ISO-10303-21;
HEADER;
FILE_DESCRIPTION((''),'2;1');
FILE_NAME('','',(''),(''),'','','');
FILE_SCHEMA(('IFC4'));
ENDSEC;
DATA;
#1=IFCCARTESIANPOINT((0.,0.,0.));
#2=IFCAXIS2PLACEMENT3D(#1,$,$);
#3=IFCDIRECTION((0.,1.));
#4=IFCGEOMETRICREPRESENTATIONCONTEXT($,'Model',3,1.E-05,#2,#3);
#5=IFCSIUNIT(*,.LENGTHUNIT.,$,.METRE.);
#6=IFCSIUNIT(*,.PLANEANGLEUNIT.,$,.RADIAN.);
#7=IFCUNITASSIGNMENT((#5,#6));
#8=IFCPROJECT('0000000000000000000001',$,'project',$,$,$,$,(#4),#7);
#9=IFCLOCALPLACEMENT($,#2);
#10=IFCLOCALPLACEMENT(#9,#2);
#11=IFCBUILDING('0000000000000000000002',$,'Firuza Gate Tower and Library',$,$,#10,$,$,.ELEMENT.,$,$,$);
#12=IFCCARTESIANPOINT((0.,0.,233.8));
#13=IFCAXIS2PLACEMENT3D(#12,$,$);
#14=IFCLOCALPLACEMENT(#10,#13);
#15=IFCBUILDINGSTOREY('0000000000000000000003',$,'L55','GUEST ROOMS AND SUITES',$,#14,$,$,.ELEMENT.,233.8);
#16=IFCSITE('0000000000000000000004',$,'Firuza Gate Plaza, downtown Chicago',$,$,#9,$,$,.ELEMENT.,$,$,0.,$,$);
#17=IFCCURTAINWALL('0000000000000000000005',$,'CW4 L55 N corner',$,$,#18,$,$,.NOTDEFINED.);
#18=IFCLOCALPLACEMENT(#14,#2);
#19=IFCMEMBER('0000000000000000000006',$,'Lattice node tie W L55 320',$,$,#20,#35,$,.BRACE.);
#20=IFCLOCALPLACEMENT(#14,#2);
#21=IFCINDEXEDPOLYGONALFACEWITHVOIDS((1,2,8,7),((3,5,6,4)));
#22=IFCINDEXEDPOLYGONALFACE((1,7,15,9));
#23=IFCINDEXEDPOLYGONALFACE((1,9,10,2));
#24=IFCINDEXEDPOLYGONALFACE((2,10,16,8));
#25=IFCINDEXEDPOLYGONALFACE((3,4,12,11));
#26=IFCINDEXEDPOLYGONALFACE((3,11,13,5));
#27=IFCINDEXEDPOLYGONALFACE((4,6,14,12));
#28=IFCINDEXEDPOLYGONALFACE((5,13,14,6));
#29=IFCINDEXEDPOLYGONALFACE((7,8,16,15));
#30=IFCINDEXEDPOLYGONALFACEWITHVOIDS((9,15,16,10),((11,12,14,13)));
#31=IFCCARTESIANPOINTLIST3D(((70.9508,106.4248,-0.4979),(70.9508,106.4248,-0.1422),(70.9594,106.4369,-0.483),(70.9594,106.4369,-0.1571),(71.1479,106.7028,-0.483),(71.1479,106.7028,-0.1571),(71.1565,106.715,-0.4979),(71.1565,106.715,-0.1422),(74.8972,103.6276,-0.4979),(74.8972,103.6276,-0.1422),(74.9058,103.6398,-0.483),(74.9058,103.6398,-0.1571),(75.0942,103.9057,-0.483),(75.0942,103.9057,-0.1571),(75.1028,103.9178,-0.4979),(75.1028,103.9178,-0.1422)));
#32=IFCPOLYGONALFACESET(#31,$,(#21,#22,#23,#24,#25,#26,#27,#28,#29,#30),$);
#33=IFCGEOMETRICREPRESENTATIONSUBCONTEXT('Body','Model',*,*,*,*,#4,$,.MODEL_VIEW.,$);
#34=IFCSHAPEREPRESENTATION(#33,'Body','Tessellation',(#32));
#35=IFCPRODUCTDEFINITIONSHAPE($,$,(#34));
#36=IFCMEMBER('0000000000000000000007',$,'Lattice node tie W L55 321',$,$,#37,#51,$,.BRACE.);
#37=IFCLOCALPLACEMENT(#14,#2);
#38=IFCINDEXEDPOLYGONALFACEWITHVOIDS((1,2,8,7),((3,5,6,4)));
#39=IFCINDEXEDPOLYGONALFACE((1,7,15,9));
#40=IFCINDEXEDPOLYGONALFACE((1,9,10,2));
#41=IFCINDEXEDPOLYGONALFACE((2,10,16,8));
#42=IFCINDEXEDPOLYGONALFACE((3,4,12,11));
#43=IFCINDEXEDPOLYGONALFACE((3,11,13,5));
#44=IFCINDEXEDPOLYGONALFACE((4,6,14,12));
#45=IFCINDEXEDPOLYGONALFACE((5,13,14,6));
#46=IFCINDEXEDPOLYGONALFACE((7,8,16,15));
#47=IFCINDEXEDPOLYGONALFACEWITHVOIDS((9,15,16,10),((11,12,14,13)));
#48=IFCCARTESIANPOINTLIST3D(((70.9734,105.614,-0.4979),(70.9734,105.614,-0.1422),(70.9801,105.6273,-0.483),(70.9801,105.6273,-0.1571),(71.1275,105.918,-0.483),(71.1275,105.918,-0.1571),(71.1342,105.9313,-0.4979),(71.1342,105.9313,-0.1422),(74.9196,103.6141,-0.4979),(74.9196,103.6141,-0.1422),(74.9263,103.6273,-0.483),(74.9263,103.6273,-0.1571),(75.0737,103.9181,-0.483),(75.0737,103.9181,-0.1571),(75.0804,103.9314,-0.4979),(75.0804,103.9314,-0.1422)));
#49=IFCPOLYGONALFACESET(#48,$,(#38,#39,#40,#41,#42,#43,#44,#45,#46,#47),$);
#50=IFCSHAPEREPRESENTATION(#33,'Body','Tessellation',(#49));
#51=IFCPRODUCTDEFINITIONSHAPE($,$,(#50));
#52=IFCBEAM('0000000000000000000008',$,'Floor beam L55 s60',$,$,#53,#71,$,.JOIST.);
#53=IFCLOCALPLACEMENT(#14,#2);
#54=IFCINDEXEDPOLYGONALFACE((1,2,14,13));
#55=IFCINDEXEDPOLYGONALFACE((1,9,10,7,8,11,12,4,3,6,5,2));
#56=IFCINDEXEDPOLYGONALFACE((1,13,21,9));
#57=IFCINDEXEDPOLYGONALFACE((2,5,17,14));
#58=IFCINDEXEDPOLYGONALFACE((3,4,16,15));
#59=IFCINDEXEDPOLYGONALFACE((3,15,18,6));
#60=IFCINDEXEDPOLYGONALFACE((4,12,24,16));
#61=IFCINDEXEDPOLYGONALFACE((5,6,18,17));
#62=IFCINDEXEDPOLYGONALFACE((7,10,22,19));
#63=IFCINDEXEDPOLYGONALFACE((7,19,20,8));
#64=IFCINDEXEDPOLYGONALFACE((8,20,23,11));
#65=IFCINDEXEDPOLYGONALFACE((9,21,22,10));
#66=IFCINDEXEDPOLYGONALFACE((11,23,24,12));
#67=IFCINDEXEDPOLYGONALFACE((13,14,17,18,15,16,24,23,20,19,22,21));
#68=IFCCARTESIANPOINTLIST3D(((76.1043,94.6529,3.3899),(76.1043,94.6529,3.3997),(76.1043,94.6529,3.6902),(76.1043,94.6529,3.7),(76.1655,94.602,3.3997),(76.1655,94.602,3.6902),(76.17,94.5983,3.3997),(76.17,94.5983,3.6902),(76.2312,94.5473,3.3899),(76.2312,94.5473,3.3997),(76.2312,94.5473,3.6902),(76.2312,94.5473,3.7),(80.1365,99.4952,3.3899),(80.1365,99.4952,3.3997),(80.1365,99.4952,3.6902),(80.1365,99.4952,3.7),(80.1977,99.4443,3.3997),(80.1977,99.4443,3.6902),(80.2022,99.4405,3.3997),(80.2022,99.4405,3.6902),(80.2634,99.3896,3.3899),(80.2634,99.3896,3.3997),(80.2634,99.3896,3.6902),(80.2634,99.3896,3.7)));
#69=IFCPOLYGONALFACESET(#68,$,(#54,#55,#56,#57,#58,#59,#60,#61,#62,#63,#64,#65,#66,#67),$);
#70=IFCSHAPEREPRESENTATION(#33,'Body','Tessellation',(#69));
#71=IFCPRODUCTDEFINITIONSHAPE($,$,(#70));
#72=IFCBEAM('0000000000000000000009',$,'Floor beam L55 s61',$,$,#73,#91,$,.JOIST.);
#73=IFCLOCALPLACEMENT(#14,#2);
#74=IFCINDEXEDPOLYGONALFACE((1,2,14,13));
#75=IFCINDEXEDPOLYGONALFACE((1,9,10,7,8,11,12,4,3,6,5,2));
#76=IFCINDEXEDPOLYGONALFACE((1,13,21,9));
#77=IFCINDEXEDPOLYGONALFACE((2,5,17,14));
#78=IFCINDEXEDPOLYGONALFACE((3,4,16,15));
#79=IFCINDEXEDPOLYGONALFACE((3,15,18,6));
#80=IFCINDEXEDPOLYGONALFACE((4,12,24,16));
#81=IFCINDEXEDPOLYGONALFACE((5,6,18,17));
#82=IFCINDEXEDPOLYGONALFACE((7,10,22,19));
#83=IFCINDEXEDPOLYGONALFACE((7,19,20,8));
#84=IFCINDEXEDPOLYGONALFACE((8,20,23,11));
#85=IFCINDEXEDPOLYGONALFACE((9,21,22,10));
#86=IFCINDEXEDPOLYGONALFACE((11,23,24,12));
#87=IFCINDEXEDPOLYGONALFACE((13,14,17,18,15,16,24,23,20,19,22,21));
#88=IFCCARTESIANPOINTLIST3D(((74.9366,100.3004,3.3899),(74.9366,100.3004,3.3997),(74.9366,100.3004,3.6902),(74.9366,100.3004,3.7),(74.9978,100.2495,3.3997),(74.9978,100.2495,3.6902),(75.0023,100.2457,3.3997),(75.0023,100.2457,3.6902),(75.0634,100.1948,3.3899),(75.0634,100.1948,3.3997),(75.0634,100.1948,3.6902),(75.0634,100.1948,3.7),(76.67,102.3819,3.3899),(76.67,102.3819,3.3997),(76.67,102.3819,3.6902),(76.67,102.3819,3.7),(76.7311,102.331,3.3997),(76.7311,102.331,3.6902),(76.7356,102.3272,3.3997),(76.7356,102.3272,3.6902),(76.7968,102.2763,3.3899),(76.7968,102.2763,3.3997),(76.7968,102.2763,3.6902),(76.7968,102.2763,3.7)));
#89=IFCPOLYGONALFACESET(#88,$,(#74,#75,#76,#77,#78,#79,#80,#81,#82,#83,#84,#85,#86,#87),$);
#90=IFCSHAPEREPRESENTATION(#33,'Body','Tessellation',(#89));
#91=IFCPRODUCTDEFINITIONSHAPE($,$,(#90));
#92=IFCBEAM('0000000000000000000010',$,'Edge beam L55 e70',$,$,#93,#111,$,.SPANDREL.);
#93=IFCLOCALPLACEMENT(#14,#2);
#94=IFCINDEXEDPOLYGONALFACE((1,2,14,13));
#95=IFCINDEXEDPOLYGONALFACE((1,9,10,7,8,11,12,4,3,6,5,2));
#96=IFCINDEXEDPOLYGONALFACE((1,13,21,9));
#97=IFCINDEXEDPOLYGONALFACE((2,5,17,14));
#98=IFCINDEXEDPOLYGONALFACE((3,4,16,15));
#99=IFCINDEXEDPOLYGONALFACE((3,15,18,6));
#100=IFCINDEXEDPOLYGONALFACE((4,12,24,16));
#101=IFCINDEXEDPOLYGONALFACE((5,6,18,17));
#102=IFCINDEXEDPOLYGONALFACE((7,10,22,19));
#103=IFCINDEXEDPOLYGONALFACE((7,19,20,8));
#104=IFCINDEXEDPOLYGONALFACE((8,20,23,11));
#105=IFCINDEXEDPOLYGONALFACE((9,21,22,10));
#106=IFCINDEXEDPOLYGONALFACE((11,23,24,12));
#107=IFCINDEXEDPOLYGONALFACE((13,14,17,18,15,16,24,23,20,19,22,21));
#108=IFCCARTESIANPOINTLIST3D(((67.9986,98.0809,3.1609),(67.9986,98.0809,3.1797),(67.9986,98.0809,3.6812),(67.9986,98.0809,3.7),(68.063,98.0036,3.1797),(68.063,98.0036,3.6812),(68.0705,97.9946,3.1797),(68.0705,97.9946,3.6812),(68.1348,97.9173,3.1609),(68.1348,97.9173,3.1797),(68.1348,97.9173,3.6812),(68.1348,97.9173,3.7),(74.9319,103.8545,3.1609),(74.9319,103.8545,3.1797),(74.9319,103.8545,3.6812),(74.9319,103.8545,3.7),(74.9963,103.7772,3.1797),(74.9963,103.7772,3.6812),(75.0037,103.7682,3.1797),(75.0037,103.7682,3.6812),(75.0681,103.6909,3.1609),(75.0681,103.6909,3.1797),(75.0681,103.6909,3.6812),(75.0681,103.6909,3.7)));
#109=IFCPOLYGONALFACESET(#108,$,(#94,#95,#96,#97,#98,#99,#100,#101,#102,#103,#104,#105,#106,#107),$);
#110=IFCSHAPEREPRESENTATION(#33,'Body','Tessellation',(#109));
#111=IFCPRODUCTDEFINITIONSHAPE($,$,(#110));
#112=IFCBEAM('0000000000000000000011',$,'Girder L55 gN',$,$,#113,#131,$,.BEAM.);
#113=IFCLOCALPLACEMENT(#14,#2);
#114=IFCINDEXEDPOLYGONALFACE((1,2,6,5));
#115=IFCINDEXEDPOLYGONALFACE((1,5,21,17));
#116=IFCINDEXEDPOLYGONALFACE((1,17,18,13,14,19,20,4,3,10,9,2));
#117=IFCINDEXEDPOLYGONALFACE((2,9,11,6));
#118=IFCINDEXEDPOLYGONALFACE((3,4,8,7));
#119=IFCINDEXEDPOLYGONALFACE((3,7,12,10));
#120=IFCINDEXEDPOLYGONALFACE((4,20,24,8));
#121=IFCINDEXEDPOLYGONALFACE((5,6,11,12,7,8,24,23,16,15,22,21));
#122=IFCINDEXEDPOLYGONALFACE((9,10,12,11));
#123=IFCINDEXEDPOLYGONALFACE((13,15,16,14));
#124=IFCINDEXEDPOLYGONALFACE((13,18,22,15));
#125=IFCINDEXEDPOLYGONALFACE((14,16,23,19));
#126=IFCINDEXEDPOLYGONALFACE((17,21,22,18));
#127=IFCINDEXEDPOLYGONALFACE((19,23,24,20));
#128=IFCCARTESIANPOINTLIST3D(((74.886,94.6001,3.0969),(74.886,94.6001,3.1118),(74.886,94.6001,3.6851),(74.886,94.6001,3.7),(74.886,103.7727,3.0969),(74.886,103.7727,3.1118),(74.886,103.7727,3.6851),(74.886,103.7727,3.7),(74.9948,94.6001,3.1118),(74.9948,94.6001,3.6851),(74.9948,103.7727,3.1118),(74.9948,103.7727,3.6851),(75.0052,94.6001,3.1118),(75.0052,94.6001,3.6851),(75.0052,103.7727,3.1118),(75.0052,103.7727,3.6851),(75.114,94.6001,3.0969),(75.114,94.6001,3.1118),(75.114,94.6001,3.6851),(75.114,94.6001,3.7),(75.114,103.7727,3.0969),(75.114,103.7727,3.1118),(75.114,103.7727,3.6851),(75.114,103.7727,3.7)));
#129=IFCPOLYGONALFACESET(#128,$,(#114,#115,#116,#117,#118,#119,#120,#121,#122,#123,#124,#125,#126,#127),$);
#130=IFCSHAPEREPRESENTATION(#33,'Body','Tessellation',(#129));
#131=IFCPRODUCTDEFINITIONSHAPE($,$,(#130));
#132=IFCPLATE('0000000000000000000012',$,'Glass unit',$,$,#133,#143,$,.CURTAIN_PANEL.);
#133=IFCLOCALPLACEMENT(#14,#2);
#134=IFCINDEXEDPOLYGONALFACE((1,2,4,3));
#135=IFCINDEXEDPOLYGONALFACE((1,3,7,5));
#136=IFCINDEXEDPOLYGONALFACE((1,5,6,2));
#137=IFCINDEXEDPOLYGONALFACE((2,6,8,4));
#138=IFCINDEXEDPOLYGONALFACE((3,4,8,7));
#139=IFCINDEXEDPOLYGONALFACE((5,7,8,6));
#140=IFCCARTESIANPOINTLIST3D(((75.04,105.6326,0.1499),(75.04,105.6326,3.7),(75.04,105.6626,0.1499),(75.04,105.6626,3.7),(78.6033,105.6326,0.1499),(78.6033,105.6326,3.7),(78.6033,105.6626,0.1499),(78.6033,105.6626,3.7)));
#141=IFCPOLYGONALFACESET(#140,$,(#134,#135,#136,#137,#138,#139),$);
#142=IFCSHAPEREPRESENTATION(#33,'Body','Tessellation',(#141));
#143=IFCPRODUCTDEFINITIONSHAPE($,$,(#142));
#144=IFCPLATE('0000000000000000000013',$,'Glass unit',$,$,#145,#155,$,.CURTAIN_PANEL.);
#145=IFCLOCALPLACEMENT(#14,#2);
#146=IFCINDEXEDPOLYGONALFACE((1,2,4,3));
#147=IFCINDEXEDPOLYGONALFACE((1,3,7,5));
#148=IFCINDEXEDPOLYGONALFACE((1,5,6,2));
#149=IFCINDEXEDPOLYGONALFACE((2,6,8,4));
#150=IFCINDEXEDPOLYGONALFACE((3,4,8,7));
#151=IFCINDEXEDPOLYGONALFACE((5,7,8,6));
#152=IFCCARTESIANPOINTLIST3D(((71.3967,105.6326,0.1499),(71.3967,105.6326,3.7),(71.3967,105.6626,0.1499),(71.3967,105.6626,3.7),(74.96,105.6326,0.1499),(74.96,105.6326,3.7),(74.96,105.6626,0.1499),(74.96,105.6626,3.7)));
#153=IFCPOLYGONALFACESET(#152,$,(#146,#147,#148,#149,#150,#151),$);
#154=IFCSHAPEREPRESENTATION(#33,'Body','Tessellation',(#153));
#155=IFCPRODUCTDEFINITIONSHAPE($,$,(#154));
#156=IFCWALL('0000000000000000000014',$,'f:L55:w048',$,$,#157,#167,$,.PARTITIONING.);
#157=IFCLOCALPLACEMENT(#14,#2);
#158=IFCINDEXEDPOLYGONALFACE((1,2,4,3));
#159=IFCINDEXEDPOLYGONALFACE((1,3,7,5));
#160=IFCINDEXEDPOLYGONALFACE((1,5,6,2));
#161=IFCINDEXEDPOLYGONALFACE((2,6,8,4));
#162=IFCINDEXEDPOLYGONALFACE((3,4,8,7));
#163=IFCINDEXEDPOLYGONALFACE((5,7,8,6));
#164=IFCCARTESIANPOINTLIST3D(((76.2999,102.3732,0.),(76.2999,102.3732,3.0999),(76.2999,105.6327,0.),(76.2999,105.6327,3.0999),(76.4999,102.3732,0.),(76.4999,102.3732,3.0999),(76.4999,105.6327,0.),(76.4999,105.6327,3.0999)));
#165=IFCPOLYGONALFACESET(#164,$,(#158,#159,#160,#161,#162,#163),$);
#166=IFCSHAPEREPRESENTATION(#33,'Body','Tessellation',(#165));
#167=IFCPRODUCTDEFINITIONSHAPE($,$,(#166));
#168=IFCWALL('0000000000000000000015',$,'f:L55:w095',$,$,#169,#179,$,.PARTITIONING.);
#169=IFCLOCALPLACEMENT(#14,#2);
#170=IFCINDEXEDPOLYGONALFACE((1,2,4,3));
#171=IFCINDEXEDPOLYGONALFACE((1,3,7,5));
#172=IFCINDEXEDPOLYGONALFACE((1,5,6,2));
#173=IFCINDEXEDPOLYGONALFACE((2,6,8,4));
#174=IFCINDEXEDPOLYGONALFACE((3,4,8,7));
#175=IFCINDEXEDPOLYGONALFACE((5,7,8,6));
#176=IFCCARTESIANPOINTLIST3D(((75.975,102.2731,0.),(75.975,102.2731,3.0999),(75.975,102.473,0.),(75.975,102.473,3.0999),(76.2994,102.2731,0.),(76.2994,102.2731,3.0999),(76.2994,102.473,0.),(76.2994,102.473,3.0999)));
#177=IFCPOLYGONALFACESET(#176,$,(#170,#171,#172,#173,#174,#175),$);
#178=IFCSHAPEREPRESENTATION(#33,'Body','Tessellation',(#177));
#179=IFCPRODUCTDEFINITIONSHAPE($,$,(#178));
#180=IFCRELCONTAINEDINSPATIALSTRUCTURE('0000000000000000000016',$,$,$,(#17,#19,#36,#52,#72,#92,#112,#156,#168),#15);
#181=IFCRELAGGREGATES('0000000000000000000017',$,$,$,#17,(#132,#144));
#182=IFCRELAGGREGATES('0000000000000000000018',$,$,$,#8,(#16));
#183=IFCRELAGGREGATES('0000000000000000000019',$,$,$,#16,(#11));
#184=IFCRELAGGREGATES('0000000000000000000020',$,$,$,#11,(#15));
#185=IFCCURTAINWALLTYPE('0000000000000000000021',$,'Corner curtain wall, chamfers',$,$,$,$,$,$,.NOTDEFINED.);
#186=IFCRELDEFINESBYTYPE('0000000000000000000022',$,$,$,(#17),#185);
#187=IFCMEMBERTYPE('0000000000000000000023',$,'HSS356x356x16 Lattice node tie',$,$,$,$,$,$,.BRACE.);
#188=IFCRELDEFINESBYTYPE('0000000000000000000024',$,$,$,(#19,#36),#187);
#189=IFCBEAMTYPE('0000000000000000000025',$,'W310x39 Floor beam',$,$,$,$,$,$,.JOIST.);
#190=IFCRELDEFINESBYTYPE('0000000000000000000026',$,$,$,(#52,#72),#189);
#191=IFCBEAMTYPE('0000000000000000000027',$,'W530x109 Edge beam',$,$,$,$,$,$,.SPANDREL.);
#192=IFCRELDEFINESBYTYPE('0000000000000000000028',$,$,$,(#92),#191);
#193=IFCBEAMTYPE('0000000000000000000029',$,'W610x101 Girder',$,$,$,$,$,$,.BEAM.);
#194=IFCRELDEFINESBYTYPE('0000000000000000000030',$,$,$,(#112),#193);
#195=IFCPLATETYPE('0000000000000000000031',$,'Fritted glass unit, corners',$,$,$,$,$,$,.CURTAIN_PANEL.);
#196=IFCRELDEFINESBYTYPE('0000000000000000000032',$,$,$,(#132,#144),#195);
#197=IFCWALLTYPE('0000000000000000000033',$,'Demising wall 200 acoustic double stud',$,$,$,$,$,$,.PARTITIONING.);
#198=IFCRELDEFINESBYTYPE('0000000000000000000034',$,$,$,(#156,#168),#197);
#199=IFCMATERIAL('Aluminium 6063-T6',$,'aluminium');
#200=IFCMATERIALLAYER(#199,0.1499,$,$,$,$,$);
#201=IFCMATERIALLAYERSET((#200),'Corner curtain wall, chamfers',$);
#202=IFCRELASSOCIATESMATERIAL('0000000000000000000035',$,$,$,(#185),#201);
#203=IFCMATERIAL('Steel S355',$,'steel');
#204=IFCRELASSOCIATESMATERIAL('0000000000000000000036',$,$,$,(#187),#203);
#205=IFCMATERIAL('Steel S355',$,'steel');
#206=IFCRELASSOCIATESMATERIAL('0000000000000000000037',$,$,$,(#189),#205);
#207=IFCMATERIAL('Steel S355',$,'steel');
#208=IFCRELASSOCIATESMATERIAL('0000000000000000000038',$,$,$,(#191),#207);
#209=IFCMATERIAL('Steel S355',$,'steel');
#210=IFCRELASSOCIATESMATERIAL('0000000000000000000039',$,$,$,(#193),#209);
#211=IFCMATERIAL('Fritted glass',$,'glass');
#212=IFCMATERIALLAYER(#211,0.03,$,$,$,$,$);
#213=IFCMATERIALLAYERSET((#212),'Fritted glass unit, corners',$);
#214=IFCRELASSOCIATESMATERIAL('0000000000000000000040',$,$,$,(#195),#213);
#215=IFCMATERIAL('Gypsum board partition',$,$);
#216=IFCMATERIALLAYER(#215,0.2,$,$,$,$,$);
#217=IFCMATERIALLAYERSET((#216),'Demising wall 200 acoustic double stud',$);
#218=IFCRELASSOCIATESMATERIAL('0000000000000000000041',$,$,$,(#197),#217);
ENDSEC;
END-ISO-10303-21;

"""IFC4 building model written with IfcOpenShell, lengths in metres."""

from ifc_helpers import new_model, si_unit, direction, frame, frame_2d, origin, origin_2d, place, context, subcontext, project, spatial, polyline, rectangle, hollow_rectangle, i_section, outline, extrude, material, layer, layer_set, material_profile, profile_set, type_object, element, aggregate, save


model = new_model("IFC4")

# Units and contexts
model_context = context("Model", 3, precision=1e-05, world=origin(), true_north=direction((0.0, 1.0)))
body_context = subcontext(model_context, "Body", "Model", "MODEL_VIEW")
ifc_project = project(units=[si_unit("LENGTHUNIT", "METRE"), si_unit("PLANEANGLEUNIT", "RADIAN")], contexts=[model_context])

# Site, building, storey
site_placement = place(None, origin())
site = spatial("IfcSite", under=ifc_project, at=site_placement, Name="Firuza Gate Plaza, downtown Chicago", CompositionType="ELEMENT", RefElevation=0.0)
building_placement = place(site_placement, origin())
building = spatial("IfcBuilding", under=site, at=building_placement, Name="Firuza Gate Tower and Library", CompositionType="ELEMENT")
storey_placement = place(building_placement, frame((0.0, 0.0, 233.8)))
storey = spatial("IfcBuildingStorey", under=building, at=storey_placement, Name="L55", Description="GUEST ROOMS AND SUITES", CompositionType="ELEMENT", Elevation=233.8)

# Curtain wall
ifc_material_1 = material(Name="Aluminium 6063-T6", Category="aluminium")
ifc_layer_1 = layer(ifc_material_1, 0.1499)
ifc_layer_set_1 = layer_set([ifc_layer_1], Name="Corner curtain wall, chamfers")
curtain_wall_type = type_object("IfcCurtainWallType", Name="Corner curtain wall, chamfers", PredefinedType="NOTDEFINED", material=ifc_layer_set_1)
curtain_wall_placement = place(storey_placement, origin())
curtain_wall = element("IfcCurtainWall", 1, at=curtain_wall_placement, inside=storey, type_object=curtain_wall_type, Name="CW4 L55 N corner", PredefinedType="NOTDEFINED")

# Members
ifc_material_2 = material(Name="Steel S355", Category="steel")
ifc_material_profile_1 = material_profile(ifc_material_2, hollow_rectangle(XDim=0.3557, YDim=0.3557, WallThickness=0.0149, at=origin_2d()))
ifc_profile_set_1 = profile_set([ifc_material_profile_1], Name="Steel S355")
member_type_1 = type_object("IfcMemberType", Name="HSS356x356x16 Lattice node tie", PredefinedType="BRACE", material=ifc_profile_set_1)
member_1_placement = place(storey_placement, frame((75.0, 103.7727, -0.3201), z_axis=(-0.815846, 0.578269, 0.0), x_axis=(-0.578269, -0.815846, 0.0)))
element("IfcMember", 2, at=member_1_placement, inside=storey, type_object=member_type_1, Name="Lattice node tie W L55 320", PredefinedType="BRACE", context=body_context, shape_type="SweptSolid", body=[
    extrude(hollow_rectangle(XDim=0.3557, YDim=0.3557, WallThickness=0.0149, at=origin_2d()), origin(), (0.0, 0.0, 1.0), 4.8372),
])
member_2_placement = place(storey_placement, frame((75.0, 103.7727, -0.3201), z_axis=(-0.891986, 0.452063, 0.0), x_axis=(-0.452063, -0.891986, 0.0)))
element("IfcMember", 3, at=member_2_placement, inside=storey, type_object=member_type_1, Name="Lattice node tie W L55 321", PredefinedType="BRACE", context=body_context, shape_type="SweptSolid", body=[
    extrude(hollow_rectangle(XDim=0.3557, YDim=0.3557, WallThickness=0.0149, at=origin_2d()), origin(), (0.0, 0.0, 1.0), 4.4241),
])

# Beams
ifc_material_3 = material(Name="Steel S355", Category="steel")
ifc_material_profile_2 = material_profile(ifc_material_3, i_section(OverallWidth=0.165, OverallDepth=0.3101, WebThickness=0.0059, FlangeThickness=0.0098, at=origin_2d()))
ifc_profile_set_2 = profile_set([ifc_material_profile_2], Name="Steel S355")
beam_type_1 = type_object("IfcBeamType", Name="W310x39 Floor beam", PredefinedType="JOIST", material=ifc_profile_set_2)
beam_1_placement = place(storey_placement, frame((80.2, 99.4424, 3.5449), z_axis=(-0.639902, -0.768456, 0.0), x_axis=(0.768456, -0.639902, 0.0)))
element("IfcBeam", 4, at=beam_1_placement, inside=storey, type_object=beam_type_1, Name="Floor beam L55 s60", PredefinedType="JOIST", context=body_context, shape_type="SweptSolid", body=[
    extrude(i_section(OverallWidth=0.165, OverallDepth=0.3101, WebThickness=0.0059, FlangeThickness=0.0098, at=origin_2d()), origin(), (0.0, 0.0, 1.0), 6.3013),
])
beam_2_placement = place(storey_placement, frame((76.7334, 102.3291, 3.5449), z_axis=(-0.639918, -0.768443, 0.0), x_axis=(0.768443, -0.639918, 0.0)))
element("IfcBeam", 5, at=beam_2_placement, inside=storey, type_object=beam_type_1, Name="Floor beam L55 s61", PredefinedType="JOIST", context=body_context, shape_type="SweptSolid", body=[
    extrude(i_section(OverallWidth=0.165, OverallDepth=0.3101, WebThickness=0.0059, FlangeThickness=0.0098, at=origin_2d()), origin(), (0.0, 0.0, 1.0), 2.7087),
])
ifc_material_4 = material(Name="Steel S355", Category="steel")
ifc_material_profile_3 = material_profile(ifc_material_4, i_section(OverallWidth=0.2129, OverallDepth=0.5391, WebThickness=0.0117, FlangeThickness=0.0188, at=origin_2d()))
ifc_profile_set_3 = profile_set([ifc_material_profile_3], Name="Steel S355")
beam_type_2 = type_object("IfcBeamType", Name="W530x109 Edge beam", PredefinedType="SPANDREL", material=ifc_profile_set_3)
beam_3_placement = place(storey_placement, frame((75.0, 103.7727, 3.4304), z_axis=(-0.768445, -0.639916, 0.0), x_axis=(0.639916, -0.768445, 0.0)))
element("IfcBeam", 6, at=beam_3_placement, inside=storey, type_object=beam_type_2, Name="Edge beam L55 e70", PredefinedType="SPANDREL", context=body_context, shape_type="SweptSolid", body=[
    extrude(i_section(OverallWidth=0.2129, OverallDepth=0.5391, WebThickness=0.0117, FlangeThickness=0.0188, at=origin_2d()), origin(), (0.0, 0.0, 1.0), 9.0225),
])
ifc_material_5 = material(Name="Steel S355", Category="steel")
ifc_material_profile_4 = material_profile(ifc_material_5, i_section(OverallWidth=0.228, OverallDepth=0.603, WebThickness=0.0105, FlangeThickness=0.0149, at=origin_2d()))
ifc_profile_set_4 = profile_set([ifc_material_profile_4], Name="Steel S355")
beam_type_3 = type_object("IfcBeamType", Name="W610x101 Girder", PredefinedType="BEAM", material=ifc_profile_set_4)
beam_4_placement = place(storey_placement, frame((75.0, 103.7727, 3.3984), z_axis=(0.0, -1.0, 0.0), x_axis=(1.0, 0.0, 0.0)))
element("IfcBeam", 7, at=beam_4_placement, inside=storey, type_object=beam_type_3, Name="Girder L55 gN", PredefinedType="BEAM", context=body_context, shape_type="SweptSolid", body=[
    extrude(i_section(OverallWidth=0.228, OverallDepth=0.603, WebThickness=0.0105, FlangeThickness=0.0149, at=origin_2d()), origin(), (0.0, 0.0, 1.0), 9.1726),
])

# Plates
ifc_material_6 = material(Name="Fritted glass", Category="glass")
ifc_layer_2 = layer(ifc_material_6, 0.03)
ifc_layer_set_2 = layer_set([ifc_layer_2], Name="Fritted glass unit, corners")
plate_type = type_object("IfcPlateType", Name="Fritted glass unit, corners", PredefinedType="CURTAIN_PANEL", material=ifc_layer_set_2)
plate_1_placement = place(storey_placement, frame((78.6033, 105.6626, 0.1499), z_axis=(0.0, 1.0, 0.0), x_axis=(-1.0, 0.0, 0.0)))
plate_1 = element("IfcPlate", 8, at=plate_1_placement, type_object=plate_type, Name="Glass unit", PredefinedType="CURTAIN_PANEL", context=body_context, shape_type="SweptSolid", body=[
    extrude(outline(polyline([(0.0, 0.0), (3.5632, 0.0), (3.5632, 3.55), (0.0, 3.55), (0.0, 0.0)])), origin(), (0.0, 0.0, -1.0), 0.03),
])
plate_2_placement = place(storey_placement, frame((74.96, 105.6626, 0.1499), z_axis=(0.0, 1.0, 0.0), x_axis=(-1.0, 0.0, 0.0)))
plate_2 = element("IfcPlate", 9, at=plate_2_placement, type_object=plate_type, Name="Glass unit", PredefinedType="CURTAIN_PANEL", context=body_context, shape_type="SweptSolid", body=[
    extrude(outline(polyline([(0.0, 0.0), (3.5632, 0.0), (3.5632, 3.55), (0.0, 3.55), (0.0, 0.0)])), origin(), (0.0, 0.0, -1.0), 0.03),
])
aggregate(curtain_wall, [plate_1, plate_2])

# Walls
ifc_material_7 = material(Name="Gypsum board partition")
ifc_layer_3 = layer(ifc_material_7, 0.2)
ifc_layer_set_3 = layer_set([ifc_layer_3], Name="Demising wall 200 acoustic double stud")
wall_type = type_object("IfcWallType", Name="Demising wall 200 acoustic double stud", PredefinedType="PARTITIONING", material=ifc_layer_set_3)
wall_1_placement = place(storey_placement, frame((76.3999, 102.373, 0.0), z_axis=(0.0, 0.0, 1.0), x_axis=(0.0, 1.0, 0.0)))
element("IfcWall", 10, at=wall_1_placement, inside=storey, type_object=wall_type, Name="f:L55:w048", PredefinedType="PARTITIONING", context=body_context, shape_type="SweptSolid", body=[
    extrude(rectangle(XDim=3.2595, YDim=0.2, at=frame_2d((1.6299, 0.0))), origin(), (0.0, 0.0, 1.0), 3.0999),
])
wall_2_placement = place(storey_placement, frame((75.9751, 102.373, 0.0), z_axis=(0.0, 0.0, 1.0), x_axis=(1.0, 0.0, 0.0)))
element("IfcWall", 11, at=wall_2_placement, inside=storey, type_object=wall_type, Name="f:L55:w095", PredefinedType="PARTITIONING", context=body_context, shape_type="SweptSolid", body=[
    extrude(rectangle(XDim=0.3245, YDim=0.2, at=frame_2d((0.1621, 0.0))), origin(), (0.0, 0.0, 1.0), 3.0999),
])

save(model, "model.ifc")
